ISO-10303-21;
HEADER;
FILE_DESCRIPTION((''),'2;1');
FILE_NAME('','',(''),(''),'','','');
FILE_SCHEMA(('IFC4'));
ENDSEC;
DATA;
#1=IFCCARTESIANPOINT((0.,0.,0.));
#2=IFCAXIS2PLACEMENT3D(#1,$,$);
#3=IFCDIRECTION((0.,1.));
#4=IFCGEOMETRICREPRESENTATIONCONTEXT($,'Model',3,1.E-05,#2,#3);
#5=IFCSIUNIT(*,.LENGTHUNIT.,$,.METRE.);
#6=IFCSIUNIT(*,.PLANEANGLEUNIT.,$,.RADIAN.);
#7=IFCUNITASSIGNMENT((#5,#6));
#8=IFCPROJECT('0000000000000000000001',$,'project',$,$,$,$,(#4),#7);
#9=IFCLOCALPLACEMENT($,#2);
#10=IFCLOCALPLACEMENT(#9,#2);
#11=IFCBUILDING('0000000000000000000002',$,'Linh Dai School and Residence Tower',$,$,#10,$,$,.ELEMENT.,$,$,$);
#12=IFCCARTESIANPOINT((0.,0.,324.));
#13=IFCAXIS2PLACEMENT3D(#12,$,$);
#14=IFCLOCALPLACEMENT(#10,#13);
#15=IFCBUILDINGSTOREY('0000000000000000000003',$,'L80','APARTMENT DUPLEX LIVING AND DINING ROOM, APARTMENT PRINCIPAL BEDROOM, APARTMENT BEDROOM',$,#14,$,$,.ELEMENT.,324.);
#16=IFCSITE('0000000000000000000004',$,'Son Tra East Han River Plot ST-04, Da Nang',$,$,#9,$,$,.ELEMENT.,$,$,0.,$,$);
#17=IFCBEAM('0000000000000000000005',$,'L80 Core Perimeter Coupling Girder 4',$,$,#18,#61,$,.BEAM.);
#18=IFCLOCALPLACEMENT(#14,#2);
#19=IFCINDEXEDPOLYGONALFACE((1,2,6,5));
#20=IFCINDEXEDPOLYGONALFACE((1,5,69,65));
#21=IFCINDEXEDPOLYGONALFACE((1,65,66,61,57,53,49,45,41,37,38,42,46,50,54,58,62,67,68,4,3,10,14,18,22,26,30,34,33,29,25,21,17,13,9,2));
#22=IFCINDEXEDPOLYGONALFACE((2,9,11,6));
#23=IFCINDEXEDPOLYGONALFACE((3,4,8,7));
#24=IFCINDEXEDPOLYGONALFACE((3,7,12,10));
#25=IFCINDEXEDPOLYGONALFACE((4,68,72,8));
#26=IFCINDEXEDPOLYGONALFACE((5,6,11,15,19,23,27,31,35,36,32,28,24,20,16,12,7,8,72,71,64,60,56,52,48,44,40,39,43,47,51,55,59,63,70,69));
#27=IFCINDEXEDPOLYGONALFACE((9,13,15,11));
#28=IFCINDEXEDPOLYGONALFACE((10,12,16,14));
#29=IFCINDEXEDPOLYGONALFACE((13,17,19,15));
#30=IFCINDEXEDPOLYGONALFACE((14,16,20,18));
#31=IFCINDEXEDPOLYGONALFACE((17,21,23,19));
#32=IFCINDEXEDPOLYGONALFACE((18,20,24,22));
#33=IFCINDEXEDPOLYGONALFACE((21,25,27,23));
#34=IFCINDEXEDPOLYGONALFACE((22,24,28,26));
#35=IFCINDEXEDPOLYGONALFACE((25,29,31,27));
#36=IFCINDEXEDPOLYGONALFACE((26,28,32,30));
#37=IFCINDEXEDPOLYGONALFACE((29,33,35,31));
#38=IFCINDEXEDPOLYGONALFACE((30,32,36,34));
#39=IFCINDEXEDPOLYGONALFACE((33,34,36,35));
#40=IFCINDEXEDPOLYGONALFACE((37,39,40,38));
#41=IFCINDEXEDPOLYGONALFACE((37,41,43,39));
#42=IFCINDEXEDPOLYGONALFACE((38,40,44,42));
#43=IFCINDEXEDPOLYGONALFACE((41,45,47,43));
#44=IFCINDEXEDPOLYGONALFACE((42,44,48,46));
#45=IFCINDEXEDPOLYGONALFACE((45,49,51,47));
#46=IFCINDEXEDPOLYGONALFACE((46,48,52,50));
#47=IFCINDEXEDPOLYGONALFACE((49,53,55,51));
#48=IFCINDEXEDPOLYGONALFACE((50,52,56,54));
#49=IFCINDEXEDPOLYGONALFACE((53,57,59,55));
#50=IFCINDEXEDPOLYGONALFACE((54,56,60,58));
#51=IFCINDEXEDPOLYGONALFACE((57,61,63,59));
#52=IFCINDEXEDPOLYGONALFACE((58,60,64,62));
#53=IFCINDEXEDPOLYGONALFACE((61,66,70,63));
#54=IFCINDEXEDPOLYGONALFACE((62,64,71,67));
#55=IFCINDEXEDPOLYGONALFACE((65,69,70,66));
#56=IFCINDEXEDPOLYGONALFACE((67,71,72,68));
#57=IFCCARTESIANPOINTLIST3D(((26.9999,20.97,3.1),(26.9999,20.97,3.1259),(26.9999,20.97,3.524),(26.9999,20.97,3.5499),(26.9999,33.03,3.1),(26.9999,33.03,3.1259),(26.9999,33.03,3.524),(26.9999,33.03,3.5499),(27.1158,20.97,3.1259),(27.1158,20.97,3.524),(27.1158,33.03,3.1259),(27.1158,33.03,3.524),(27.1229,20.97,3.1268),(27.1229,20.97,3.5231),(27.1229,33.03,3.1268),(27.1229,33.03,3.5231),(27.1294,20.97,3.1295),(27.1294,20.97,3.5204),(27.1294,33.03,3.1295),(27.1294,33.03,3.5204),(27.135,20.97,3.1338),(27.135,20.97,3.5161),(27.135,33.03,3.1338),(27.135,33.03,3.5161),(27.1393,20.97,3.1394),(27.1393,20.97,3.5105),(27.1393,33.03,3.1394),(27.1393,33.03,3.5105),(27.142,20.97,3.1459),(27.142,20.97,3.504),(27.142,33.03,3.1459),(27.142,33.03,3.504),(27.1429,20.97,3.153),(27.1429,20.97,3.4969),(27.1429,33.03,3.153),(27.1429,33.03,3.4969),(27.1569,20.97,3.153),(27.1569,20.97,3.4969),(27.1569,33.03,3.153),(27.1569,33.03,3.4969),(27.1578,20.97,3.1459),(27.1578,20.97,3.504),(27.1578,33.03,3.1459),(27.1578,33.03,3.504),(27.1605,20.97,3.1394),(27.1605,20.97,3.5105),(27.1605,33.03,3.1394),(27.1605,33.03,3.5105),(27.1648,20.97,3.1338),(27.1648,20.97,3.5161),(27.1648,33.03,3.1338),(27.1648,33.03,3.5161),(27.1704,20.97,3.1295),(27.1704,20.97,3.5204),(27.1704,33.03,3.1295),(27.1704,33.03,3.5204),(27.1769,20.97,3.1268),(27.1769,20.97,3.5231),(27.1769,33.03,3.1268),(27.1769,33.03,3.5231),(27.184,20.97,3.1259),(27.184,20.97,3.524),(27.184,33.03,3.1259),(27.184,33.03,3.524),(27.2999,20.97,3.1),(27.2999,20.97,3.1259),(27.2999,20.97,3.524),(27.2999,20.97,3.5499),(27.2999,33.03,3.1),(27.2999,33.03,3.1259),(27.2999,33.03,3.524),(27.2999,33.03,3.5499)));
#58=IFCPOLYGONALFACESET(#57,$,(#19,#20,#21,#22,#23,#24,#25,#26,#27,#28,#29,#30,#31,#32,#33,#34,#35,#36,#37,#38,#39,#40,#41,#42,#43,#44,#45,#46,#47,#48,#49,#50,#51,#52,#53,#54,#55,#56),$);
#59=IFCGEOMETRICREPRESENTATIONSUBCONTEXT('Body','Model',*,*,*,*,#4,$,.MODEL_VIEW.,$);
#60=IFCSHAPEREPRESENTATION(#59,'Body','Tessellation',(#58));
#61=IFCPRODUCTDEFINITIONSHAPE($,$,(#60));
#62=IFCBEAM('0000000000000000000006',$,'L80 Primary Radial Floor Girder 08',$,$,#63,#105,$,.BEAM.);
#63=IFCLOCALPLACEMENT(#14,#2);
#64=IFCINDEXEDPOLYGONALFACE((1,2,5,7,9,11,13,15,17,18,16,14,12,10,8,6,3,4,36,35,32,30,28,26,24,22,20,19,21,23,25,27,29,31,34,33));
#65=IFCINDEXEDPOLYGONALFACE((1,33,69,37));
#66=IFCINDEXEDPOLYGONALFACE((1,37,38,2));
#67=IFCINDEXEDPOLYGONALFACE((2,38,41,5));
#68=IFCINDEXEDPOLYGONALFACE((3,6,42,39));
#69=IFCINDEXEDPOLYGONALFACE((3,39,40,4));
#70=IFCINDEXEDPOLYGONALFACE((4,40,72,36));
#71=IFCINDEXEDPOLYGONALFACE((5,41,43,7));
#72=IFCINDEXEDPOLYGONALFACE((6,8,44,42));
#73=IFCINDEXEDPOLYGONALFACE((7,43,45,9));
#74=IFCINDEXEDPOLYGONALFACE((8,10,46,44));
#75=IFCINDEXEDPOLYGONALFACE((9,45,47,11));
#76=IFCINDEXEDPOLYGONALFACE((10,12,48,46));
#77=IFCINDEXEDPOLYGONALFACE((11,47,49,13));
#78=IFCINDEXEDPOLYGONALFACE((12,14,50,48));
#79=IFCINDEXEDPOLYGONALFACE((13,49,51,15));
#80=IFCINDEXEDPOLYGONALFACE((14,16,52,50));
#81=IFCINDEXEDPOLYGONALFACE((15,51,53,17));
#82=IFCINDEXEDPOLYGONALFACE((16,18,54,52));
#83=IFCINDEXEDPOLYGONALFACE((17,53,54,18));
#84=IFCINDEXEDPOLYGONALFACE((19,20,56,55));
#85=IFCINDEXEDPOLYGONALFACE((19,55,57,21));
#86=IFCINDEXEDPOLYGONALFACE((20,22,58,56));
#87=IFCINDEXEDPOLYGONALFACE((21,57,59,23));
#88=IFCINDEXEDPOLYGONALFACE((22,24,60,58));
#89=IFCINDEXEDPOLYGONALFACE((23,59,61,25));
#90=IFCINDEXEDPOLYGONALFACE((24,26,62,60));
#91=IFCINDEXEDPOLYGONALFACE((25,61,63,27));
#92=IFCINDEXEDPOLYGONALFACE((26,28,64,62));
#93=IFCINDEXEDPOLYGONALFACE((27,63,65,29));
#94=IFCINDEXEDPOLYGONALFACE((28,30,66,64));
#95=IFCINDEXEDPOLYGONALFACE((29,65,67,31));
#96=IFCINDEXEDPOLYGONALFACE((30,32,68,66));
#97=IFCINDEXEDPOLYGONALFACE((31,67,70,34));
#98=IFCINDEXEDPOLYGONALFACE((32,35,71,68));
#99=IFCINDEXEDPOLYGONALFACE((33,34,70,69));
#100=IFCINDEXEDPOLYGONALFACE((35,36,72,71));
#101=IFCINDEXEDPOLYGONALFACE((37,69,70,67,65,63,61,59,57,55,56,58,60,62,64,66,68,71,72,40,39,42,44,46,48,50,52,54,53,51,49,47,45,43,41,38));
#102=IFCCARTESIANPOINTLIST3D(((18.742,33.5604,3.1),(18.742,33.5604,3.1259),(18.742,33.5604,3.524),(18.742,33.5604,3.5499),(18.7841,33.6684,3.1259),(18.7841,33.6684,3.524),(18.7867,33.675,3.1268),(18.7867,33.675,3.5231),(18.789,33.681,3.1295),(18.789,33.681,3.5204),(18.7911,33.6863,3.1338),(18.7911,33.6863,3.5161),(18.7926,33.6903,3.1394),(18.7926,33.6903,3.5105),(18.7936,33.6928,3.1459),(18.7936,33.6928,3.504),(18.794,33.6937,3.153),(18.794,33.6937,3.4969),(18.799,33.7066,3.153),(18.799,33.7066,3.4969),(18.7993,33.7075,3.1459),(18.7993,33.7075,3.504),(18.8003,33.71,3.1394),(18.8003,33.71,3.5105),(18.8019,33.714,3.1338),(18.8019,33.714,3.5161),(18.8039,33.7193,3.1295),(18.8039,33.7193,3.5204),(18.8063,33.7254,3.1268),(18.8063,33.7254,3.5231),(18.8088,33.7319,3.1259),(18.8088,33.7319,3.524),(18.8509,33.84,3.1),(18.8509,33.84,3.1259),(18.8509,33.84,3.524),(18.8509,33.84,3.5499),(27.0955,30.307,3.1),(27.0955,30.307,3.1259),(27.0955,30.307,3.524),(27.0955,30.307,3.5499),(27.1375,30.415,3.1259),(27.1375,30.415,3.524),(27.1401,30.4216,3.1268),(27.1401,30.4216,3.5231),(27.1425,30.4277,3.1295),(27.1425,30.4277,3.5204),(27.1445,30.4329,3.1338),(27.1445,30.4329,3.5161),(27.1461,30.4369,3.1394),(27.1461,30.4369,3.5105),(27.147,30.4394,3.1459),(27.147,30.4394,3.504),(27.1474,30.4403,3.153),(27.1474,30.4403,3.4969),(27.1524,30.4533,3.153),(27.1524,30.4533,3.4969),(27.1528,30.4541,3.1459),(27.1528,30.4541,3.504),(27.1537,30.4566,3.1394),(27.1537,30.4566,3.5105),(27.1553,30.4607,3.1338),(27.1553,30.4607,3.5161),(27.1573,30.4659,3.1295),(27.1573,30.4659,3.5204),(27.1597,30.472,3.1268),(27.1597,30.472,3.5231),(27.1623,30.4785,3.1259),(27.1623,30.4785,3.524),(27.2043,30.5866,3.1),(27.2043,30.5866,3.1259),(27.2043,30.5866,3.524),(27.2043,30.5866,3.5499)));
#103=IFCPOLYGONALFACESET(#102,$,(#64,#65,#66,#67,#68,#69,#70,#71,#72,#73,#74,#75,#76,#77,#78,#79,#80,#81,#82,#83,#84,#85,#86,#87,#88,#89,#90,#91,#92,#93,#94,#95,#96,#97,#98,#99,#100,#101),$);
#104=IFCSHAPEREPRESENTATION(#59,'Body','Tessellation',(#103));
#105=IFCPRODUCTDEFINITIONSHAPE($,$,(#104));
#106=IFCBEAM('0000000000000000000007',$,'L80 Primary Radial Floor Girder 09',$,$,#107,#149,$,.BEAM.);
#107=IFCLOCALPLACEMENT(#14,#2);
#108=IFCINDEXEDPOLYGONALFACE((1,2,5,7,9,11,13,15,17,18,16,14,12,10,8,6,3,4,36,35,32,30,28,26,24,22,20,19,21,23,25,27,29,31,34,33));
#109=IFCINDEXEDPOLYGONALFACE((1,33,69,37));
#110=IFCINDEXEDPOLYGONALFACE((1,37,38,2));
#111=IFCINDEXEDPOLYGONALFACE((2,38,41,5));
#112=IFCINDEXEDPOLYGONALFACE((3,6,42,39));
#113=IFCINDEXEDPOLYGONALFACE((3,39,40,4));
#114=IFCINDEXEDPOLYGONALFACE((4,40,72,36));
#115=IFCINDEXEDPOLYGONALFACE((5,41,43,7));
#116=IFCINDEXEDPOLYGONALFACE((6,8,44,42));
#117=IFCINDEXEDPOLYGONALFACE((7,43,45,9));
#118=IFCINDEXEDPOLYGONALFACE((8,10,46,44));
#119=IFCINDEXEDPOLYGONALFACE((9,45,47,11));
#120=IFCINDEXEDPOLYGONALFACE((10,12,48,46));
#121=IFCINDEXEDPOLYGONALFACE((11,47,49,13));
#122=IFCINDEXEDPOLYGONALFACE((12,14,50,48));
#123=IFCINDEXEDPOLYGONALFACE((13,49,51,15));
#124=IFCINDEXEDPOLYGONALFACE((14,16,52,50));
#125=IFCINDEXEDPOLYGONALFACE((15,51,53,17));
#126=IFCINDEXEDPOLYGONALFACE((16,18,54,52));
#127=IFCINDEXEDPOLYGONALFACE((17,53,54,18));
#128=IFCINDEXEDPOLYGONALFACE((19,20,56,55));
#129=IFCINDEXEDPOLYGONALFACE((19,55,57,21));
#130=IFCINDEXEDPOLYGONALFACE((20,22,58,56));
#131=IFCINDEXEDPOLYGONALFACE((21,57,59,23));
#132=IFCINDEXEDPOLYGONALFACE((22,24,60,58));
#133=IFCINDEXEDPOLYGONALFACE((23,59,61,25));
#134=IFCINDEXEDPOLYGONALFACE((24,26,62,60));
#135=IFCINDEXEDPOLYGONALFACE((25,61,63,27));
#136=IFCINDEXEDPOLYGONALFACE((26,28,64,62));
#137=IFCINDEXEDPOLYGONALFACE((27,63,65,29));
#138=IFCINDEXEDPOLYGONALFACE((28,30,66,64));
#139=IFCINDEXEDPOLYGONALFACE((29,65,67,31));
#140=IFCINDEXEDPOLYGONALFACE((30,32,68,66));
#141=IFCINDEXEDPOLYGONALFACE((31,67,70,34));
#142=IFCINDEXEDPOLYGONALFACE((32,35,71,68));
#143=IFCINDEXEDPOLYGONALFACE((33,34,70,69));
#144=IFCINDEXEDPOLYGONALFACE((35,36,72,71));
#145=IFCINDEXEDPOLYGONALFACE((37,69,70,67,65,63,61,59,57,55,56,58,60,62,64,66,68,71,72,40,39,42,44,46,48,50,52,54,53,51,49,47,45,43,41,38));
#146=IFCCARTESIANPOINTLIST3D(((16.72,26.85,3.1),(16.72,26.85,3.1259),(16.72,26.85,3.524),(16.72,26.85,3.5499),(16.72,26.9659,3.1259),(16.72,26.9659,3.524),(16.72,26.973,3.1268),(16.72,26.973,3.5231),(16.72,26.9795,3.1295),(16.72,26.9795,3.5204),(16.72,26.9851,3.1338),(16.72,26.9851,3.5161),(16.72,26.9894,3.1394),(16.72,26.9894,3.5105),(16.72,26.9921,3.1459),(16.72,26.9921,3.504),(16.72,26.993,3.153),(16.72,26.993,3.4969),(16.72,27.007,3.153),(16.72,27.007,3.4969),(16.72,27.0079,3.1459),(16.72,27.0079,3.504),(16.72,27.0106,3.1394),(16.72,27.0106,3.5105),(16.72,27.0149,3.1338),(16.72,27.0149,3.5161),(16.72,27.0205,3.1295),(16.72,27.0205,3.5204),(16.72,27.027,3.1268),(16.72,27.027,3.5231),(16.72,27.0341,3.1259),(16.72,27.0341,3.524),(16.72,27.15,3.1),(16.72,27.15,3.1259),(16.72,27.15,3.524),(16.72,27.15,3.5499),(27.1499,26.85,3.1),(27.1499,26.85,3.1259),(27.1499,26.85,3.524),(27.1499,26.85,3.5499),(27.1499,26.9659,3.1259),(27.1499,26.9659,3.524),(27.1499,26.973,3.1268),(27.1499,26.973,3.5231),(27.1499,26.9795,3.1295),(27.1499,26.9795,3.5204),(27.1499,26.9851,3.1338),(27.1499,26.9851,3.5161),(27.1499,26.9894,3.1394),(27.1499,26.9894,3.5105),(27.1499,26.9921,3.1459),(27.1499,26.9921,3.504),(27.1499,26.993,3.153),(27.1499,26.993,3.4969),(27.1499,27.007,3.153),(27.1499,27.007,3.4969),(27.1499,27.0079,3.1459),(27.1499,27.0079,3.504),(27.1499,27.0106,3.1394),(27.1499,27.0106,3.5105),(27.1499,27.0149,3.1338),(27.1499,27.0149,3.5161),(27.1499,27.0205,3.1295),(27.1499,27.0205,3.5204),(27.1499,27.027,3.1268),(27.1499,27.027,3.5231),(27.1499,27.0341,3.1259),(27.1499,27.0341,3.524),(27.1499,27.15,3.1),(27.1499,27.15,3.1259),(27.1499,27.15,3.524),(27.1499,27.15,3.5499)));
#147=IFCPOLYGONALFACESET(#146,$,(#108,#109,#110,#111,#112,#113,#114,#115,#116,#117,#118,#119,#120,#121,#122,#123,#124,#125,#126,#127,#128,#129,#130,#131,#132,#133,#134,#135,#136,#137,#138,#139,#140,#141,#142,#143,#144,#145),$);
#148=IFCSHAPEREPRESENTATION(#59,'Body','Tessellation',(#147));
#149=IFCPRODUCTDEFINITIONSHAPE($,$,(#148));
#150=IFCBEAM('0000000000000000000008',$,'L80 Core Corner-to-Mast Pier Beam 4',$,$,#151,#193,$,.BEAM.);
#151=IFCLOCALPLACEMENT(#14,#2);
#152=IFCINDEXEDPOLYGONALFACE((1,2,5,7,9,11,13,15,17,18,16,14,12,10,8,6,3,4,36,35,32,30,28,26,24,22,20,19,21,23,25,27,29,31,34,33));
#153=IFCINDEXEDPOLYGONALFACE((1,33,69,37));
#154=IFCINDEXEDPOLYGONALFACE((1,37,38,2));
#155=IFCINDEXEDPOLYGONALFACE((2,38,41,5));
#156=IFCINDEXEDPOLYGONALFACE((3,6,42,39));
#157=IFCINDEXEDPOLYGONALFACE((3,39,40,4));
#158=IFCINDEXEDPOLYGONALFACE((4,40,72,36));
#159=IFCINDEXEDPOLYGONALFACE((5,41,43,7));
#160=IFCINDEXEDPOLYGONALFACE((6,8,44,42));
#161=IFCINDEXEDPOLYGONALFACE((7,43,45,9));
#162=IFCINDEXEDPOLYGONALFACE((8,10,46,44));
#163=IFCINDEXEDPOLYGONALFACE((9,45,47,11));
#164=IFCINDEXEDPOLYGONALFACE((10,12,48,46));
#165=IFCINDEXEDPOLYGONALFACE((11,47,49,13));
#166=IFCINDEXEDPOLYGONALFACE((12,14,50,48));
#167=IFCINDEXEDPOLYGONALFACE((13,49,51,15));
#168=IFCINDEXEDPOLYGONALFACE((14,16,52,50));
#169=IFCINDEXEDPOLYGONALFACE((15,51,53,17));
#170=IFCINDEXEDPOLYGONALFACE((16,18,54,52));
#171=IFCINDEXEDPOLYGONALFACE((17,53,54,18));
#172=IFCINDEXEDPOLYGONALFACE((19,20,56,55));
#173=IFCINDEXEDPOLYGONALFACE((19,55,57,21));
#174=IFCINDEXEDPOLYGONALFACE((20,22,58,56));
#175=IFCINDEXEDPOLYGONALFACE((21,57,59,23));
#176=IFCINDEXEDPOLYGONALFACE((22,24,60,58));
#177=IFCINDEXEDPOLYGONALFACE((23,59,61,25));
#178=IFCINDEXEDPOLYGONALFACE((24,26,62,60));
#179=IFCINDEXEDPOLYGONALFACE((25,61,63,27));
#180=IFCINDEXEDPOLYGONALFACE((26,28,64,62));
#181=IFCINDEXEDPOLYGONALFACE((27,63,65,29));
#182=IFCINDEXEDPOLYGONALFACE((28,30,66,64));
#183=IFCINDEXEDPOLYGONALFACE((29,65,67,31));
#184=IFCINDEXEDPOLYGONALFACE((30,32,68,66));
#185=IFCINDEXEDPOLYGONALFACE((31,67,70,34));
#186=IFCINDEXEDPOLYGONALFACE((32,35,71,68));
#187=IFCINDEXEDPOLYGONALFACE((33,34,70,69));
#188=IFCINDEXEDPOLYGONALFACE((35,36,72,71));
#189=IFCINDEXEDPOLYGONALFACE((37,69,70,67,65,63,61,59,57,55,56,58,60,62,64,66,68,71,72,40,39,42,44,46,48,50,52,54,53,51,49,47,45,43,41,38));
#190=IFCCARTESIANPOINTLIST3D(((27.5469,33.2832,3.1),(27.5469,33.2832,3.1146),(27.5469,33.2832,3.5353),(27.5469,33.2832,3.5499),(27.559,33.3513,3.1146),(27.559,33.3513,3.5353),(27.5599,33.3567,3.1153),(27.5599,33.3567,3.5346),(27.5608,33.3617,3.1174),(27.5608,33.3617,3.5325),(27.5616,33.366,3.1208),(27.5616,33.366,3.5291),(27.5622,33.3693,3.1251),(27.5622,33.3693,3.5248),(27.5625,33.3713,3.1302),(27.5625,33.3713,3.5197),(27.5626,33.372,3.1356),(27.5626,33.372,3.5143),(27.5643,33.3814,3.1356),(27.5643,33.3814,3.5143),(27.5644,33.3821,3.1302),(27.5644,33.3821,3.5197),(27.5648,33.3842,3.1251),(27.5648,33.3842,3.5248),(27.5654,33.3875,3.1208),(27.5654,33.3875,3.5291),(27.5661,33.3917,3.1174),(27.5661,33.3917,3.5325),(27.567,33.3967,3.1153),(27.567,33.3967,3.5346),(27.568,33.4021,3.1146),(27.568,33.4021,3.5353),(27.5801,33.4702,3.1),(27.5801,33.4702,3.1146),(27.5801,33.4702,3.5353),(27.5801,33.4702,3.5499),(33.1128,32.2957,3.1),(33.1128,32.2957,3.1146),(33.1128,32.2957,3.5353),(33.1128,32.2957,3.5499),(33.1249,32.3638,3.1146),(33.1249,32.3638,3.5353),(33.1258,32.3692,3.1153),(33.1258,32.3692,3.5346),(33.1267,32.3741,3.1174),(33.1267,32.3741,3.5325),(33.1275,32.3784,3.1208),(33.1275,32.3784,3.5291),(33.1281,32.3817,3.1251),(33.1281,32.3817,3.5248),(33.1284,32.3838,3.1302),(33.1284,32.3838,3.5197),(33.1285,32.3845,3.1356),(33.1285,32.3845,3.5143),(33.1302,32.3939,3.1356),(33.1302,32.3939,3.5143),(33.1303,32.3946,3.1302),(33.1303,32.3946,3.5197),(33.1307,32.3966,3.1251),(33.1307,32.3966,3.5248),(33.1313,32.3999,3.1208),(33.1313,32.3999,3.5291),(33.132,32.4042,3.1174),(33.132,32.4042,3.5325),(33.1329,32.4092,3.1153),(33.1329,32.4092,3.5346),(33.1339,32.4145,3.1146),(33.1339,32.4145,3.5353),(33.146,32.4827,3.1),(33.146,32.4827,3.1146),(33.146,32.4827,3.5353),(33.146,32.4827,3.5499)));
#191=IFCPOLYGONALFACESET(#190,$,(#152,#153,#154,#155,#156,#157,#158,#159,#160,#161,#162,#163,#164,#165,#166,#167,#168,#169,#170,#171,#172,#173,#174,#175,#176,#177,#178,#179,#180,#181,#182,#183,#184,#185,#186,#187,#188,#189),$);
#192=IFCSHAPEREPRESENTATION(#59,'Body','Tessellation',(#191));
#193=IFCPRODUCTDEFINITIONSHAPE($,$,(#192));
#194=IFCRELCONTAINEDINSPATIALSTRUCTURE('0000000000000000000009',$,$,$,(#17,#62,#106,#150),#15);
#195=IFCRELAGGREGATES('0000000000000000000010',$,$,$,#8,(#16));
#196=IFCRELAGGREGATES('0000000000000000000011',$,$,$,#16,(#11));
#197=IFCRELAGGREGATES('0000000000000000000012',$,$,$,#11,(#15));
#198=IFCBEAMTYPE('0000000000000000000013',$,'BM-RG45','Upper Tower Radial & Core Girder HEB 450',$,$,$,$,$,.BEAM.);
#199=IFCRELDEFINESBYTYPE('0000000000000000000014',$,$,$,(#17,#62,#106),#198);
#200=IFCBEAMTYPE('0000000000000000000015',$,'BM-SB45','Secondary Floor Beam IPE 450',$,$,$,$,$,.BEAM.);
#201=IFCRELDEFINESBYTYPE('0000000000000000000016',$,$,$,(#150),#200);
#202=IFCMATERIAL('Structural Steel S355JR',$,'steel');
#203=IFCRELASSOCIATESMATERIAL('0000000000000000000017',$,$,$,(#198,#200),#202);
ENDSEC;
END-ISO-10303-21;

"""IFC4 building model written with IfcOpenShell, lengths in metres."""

from ifc_helpers import new_model, si_unit, direction, frame, origin, origin_2d, place, context, subcontext, project, spatial, i_section, extrude, material, material_profile, profile_set, type_object, element, save


model = new_model("IFC4")

# Units and contexts
model_context = context("Model", 3, precision=1e-05, world=origin(), true_north=direction((0.0, 1.0)))
body_context = subcontext(model_context, "Body", "Model", "MODEL_VIEW")
ifc_project = project(units=[si_unit("LENGTHUNIT", "METRE"), si_unit("PLANEANGLEUNIT", "RADIAN")], contexts=[model_context])

# Site, building, storey
site_placement = place(None, origin())
site = spatial("IfcSite", under=ifc_project, at=site_placement, Name="Son Tra East Han River Plot ST-04, Da Nang", CompositionType="ELEMENT", RefElevation=0.0)
building_placement = place(site_placement, origin())
building = spatial("IfcBuilding", under=site, at=building_placement, Name="Linh Dai School and Residence Tower", CompositionType="ELEMENT")
storey_placement = place(building_placement, frame((0.0, 0.0, 324.0)))
storey = spatial("IfcBuildingStorey", under=building, at=storey_placement, Name="L80", Description="APARTMENT DUPLEX LIVING AND DINING ROOM, APARTMENT PRINCIPAL BEDROOM, APARTMENT BEDROOM", CompositionType="ELEMENT", Elevation=324.0)

# Beams
ifc_material_1 = material(Name="Structural Steel S355JR", Category="steel")
ifc_material_profile_1 = material_profile(ifc_material_1, i_section(OverallWidth=0.3, OverallDepth=0.45, WebThickness=0.0139, FlangeThickness=0.0259, FilletRadius=0.0271, at=origin_2d()), Name="HEB 450")
ifc_profile_set_1 = profile_set([ifc_material_profile_1], Name="Structural Steel S355JR")
beam_type_1 = type_object("IfcBeamType", Name="BM-RG45", Description="Upper Tower Radial & Core Girder HEB 450", PredefinedType="BEAM", material=ifc_profile_set_1)
beam_1_placement = place(storey_placement, frame((27.1499, 33.03, 3.325), z_axis=(0.0, -1.0, 0.0), x_axis=(1.0, 0.0, 0.0)))
element("IfcBeam", 1, at=beam_1_placement, inside=storey, type_object=beam_type_1, Name="L80 Core Perimeter Coupling Girder 4", PredefinedType="BEAM", context=body_context, shape_type="SweptSolid", body=[
    extrude(i_section(OverallWidth=0.3, OverallDepth=0.45, WebThickness=0.0139, FlangeThickness=0.0259, FilletRadius=0.0271, at=origin_2d()), origin(), (0.0, 0.0, 1.0), 12.0601),
])
beam_2_placement = place(storey_placement, frame((27.1499, 30.4468, 3.325), z_axis=(-0.931823, 0.362914, 0.0), x_axis=(-0.362914, -0.931823, 0.0)))
element("IfcBeam", 2, at=beam_2_placement, inside=storey, type_object=beam_type_1, Name="L80 Primary Radial Floor Girder 08", PredefinedType="BEAM", context=body_context, shape_type="SweptSolid", body=[
    extrude(i_section(OverallWidth=0.3, OverallDepth=0.45, WebThickness=0.0139, FlangeThickness=0.0259, FilletRadius=0.0271, at=origin_2d()), origin(), (0.0, 0.0, 1.0), 8.9646),
])
beam_3_placement = place(storey_placement, frame((27.1499, 27.0, 3.325), z_axis=(-1.0, 0.0, 0.0), x_axis=(0.0, -1.0, 0.0)))
element("IfcBeam", 3, at=beam_3_placement, inside=storey, type_object=beam_type_1, Name="L80 Primary Radial Floor Girder 09", PredefinedType="BEAM", context=body_context, shape_type="SweptSolid", body=[
    extrude(i_section(OverallWidth=0.3, OverallDepth=0.45, WebThickness=0.0139, FlangeThickness=0.0259, FilletRadius=0.0271, at=origin_2d()), origin(), (0.0, 0.0, 1.0), 10.4299),
])
ifc_material_profile_2 = material_profile(ifc_material_1, i_section(OverallWidth=0.1899, OverallDepth=0.45, WebThickness=0.0095, FlangeThickness=0.0146, FilletRadius=0.021, at=origin_2d()), Name="IPE 450")
ifc_profile_set_2 = profile_set([ifc_material_profile_2], Name="Structural Steel S355JR")
beam_type_2 = type_object("IfcBeamType", Name="BM-SB45", Description="Secondary Floor Beam IPE 450", PredefinedType="BEAM", material=ifc_profile_set_2)
beam_4_placement = place(storey_placement, frame((27.5635, 33.3767, 3.325), z_axis=(0.984622, -0.174699, 0.0), x_axis=(0.174699, 0.984622, 0.0)))
element("IfcBeam", 4, at=beam_4_placement, inside=storey, type_object=beam_type_2, Name="L80 Core Corner-to-Mast Pier Beam 4", PredefinedType="BEAM", context=body_context, shape_type="SweptSolid", body=[
    extrude(i_section(OverallWidth=0.1899, OverallDepth=0.45, WebThickness=0.0095, FlangeThickness=0.0146, FilletRadius=0.021, at=origin_2d()), origin(), (0.0, 0.0, 1.0), 5.6528),
])

save(model, "model.ifc")
